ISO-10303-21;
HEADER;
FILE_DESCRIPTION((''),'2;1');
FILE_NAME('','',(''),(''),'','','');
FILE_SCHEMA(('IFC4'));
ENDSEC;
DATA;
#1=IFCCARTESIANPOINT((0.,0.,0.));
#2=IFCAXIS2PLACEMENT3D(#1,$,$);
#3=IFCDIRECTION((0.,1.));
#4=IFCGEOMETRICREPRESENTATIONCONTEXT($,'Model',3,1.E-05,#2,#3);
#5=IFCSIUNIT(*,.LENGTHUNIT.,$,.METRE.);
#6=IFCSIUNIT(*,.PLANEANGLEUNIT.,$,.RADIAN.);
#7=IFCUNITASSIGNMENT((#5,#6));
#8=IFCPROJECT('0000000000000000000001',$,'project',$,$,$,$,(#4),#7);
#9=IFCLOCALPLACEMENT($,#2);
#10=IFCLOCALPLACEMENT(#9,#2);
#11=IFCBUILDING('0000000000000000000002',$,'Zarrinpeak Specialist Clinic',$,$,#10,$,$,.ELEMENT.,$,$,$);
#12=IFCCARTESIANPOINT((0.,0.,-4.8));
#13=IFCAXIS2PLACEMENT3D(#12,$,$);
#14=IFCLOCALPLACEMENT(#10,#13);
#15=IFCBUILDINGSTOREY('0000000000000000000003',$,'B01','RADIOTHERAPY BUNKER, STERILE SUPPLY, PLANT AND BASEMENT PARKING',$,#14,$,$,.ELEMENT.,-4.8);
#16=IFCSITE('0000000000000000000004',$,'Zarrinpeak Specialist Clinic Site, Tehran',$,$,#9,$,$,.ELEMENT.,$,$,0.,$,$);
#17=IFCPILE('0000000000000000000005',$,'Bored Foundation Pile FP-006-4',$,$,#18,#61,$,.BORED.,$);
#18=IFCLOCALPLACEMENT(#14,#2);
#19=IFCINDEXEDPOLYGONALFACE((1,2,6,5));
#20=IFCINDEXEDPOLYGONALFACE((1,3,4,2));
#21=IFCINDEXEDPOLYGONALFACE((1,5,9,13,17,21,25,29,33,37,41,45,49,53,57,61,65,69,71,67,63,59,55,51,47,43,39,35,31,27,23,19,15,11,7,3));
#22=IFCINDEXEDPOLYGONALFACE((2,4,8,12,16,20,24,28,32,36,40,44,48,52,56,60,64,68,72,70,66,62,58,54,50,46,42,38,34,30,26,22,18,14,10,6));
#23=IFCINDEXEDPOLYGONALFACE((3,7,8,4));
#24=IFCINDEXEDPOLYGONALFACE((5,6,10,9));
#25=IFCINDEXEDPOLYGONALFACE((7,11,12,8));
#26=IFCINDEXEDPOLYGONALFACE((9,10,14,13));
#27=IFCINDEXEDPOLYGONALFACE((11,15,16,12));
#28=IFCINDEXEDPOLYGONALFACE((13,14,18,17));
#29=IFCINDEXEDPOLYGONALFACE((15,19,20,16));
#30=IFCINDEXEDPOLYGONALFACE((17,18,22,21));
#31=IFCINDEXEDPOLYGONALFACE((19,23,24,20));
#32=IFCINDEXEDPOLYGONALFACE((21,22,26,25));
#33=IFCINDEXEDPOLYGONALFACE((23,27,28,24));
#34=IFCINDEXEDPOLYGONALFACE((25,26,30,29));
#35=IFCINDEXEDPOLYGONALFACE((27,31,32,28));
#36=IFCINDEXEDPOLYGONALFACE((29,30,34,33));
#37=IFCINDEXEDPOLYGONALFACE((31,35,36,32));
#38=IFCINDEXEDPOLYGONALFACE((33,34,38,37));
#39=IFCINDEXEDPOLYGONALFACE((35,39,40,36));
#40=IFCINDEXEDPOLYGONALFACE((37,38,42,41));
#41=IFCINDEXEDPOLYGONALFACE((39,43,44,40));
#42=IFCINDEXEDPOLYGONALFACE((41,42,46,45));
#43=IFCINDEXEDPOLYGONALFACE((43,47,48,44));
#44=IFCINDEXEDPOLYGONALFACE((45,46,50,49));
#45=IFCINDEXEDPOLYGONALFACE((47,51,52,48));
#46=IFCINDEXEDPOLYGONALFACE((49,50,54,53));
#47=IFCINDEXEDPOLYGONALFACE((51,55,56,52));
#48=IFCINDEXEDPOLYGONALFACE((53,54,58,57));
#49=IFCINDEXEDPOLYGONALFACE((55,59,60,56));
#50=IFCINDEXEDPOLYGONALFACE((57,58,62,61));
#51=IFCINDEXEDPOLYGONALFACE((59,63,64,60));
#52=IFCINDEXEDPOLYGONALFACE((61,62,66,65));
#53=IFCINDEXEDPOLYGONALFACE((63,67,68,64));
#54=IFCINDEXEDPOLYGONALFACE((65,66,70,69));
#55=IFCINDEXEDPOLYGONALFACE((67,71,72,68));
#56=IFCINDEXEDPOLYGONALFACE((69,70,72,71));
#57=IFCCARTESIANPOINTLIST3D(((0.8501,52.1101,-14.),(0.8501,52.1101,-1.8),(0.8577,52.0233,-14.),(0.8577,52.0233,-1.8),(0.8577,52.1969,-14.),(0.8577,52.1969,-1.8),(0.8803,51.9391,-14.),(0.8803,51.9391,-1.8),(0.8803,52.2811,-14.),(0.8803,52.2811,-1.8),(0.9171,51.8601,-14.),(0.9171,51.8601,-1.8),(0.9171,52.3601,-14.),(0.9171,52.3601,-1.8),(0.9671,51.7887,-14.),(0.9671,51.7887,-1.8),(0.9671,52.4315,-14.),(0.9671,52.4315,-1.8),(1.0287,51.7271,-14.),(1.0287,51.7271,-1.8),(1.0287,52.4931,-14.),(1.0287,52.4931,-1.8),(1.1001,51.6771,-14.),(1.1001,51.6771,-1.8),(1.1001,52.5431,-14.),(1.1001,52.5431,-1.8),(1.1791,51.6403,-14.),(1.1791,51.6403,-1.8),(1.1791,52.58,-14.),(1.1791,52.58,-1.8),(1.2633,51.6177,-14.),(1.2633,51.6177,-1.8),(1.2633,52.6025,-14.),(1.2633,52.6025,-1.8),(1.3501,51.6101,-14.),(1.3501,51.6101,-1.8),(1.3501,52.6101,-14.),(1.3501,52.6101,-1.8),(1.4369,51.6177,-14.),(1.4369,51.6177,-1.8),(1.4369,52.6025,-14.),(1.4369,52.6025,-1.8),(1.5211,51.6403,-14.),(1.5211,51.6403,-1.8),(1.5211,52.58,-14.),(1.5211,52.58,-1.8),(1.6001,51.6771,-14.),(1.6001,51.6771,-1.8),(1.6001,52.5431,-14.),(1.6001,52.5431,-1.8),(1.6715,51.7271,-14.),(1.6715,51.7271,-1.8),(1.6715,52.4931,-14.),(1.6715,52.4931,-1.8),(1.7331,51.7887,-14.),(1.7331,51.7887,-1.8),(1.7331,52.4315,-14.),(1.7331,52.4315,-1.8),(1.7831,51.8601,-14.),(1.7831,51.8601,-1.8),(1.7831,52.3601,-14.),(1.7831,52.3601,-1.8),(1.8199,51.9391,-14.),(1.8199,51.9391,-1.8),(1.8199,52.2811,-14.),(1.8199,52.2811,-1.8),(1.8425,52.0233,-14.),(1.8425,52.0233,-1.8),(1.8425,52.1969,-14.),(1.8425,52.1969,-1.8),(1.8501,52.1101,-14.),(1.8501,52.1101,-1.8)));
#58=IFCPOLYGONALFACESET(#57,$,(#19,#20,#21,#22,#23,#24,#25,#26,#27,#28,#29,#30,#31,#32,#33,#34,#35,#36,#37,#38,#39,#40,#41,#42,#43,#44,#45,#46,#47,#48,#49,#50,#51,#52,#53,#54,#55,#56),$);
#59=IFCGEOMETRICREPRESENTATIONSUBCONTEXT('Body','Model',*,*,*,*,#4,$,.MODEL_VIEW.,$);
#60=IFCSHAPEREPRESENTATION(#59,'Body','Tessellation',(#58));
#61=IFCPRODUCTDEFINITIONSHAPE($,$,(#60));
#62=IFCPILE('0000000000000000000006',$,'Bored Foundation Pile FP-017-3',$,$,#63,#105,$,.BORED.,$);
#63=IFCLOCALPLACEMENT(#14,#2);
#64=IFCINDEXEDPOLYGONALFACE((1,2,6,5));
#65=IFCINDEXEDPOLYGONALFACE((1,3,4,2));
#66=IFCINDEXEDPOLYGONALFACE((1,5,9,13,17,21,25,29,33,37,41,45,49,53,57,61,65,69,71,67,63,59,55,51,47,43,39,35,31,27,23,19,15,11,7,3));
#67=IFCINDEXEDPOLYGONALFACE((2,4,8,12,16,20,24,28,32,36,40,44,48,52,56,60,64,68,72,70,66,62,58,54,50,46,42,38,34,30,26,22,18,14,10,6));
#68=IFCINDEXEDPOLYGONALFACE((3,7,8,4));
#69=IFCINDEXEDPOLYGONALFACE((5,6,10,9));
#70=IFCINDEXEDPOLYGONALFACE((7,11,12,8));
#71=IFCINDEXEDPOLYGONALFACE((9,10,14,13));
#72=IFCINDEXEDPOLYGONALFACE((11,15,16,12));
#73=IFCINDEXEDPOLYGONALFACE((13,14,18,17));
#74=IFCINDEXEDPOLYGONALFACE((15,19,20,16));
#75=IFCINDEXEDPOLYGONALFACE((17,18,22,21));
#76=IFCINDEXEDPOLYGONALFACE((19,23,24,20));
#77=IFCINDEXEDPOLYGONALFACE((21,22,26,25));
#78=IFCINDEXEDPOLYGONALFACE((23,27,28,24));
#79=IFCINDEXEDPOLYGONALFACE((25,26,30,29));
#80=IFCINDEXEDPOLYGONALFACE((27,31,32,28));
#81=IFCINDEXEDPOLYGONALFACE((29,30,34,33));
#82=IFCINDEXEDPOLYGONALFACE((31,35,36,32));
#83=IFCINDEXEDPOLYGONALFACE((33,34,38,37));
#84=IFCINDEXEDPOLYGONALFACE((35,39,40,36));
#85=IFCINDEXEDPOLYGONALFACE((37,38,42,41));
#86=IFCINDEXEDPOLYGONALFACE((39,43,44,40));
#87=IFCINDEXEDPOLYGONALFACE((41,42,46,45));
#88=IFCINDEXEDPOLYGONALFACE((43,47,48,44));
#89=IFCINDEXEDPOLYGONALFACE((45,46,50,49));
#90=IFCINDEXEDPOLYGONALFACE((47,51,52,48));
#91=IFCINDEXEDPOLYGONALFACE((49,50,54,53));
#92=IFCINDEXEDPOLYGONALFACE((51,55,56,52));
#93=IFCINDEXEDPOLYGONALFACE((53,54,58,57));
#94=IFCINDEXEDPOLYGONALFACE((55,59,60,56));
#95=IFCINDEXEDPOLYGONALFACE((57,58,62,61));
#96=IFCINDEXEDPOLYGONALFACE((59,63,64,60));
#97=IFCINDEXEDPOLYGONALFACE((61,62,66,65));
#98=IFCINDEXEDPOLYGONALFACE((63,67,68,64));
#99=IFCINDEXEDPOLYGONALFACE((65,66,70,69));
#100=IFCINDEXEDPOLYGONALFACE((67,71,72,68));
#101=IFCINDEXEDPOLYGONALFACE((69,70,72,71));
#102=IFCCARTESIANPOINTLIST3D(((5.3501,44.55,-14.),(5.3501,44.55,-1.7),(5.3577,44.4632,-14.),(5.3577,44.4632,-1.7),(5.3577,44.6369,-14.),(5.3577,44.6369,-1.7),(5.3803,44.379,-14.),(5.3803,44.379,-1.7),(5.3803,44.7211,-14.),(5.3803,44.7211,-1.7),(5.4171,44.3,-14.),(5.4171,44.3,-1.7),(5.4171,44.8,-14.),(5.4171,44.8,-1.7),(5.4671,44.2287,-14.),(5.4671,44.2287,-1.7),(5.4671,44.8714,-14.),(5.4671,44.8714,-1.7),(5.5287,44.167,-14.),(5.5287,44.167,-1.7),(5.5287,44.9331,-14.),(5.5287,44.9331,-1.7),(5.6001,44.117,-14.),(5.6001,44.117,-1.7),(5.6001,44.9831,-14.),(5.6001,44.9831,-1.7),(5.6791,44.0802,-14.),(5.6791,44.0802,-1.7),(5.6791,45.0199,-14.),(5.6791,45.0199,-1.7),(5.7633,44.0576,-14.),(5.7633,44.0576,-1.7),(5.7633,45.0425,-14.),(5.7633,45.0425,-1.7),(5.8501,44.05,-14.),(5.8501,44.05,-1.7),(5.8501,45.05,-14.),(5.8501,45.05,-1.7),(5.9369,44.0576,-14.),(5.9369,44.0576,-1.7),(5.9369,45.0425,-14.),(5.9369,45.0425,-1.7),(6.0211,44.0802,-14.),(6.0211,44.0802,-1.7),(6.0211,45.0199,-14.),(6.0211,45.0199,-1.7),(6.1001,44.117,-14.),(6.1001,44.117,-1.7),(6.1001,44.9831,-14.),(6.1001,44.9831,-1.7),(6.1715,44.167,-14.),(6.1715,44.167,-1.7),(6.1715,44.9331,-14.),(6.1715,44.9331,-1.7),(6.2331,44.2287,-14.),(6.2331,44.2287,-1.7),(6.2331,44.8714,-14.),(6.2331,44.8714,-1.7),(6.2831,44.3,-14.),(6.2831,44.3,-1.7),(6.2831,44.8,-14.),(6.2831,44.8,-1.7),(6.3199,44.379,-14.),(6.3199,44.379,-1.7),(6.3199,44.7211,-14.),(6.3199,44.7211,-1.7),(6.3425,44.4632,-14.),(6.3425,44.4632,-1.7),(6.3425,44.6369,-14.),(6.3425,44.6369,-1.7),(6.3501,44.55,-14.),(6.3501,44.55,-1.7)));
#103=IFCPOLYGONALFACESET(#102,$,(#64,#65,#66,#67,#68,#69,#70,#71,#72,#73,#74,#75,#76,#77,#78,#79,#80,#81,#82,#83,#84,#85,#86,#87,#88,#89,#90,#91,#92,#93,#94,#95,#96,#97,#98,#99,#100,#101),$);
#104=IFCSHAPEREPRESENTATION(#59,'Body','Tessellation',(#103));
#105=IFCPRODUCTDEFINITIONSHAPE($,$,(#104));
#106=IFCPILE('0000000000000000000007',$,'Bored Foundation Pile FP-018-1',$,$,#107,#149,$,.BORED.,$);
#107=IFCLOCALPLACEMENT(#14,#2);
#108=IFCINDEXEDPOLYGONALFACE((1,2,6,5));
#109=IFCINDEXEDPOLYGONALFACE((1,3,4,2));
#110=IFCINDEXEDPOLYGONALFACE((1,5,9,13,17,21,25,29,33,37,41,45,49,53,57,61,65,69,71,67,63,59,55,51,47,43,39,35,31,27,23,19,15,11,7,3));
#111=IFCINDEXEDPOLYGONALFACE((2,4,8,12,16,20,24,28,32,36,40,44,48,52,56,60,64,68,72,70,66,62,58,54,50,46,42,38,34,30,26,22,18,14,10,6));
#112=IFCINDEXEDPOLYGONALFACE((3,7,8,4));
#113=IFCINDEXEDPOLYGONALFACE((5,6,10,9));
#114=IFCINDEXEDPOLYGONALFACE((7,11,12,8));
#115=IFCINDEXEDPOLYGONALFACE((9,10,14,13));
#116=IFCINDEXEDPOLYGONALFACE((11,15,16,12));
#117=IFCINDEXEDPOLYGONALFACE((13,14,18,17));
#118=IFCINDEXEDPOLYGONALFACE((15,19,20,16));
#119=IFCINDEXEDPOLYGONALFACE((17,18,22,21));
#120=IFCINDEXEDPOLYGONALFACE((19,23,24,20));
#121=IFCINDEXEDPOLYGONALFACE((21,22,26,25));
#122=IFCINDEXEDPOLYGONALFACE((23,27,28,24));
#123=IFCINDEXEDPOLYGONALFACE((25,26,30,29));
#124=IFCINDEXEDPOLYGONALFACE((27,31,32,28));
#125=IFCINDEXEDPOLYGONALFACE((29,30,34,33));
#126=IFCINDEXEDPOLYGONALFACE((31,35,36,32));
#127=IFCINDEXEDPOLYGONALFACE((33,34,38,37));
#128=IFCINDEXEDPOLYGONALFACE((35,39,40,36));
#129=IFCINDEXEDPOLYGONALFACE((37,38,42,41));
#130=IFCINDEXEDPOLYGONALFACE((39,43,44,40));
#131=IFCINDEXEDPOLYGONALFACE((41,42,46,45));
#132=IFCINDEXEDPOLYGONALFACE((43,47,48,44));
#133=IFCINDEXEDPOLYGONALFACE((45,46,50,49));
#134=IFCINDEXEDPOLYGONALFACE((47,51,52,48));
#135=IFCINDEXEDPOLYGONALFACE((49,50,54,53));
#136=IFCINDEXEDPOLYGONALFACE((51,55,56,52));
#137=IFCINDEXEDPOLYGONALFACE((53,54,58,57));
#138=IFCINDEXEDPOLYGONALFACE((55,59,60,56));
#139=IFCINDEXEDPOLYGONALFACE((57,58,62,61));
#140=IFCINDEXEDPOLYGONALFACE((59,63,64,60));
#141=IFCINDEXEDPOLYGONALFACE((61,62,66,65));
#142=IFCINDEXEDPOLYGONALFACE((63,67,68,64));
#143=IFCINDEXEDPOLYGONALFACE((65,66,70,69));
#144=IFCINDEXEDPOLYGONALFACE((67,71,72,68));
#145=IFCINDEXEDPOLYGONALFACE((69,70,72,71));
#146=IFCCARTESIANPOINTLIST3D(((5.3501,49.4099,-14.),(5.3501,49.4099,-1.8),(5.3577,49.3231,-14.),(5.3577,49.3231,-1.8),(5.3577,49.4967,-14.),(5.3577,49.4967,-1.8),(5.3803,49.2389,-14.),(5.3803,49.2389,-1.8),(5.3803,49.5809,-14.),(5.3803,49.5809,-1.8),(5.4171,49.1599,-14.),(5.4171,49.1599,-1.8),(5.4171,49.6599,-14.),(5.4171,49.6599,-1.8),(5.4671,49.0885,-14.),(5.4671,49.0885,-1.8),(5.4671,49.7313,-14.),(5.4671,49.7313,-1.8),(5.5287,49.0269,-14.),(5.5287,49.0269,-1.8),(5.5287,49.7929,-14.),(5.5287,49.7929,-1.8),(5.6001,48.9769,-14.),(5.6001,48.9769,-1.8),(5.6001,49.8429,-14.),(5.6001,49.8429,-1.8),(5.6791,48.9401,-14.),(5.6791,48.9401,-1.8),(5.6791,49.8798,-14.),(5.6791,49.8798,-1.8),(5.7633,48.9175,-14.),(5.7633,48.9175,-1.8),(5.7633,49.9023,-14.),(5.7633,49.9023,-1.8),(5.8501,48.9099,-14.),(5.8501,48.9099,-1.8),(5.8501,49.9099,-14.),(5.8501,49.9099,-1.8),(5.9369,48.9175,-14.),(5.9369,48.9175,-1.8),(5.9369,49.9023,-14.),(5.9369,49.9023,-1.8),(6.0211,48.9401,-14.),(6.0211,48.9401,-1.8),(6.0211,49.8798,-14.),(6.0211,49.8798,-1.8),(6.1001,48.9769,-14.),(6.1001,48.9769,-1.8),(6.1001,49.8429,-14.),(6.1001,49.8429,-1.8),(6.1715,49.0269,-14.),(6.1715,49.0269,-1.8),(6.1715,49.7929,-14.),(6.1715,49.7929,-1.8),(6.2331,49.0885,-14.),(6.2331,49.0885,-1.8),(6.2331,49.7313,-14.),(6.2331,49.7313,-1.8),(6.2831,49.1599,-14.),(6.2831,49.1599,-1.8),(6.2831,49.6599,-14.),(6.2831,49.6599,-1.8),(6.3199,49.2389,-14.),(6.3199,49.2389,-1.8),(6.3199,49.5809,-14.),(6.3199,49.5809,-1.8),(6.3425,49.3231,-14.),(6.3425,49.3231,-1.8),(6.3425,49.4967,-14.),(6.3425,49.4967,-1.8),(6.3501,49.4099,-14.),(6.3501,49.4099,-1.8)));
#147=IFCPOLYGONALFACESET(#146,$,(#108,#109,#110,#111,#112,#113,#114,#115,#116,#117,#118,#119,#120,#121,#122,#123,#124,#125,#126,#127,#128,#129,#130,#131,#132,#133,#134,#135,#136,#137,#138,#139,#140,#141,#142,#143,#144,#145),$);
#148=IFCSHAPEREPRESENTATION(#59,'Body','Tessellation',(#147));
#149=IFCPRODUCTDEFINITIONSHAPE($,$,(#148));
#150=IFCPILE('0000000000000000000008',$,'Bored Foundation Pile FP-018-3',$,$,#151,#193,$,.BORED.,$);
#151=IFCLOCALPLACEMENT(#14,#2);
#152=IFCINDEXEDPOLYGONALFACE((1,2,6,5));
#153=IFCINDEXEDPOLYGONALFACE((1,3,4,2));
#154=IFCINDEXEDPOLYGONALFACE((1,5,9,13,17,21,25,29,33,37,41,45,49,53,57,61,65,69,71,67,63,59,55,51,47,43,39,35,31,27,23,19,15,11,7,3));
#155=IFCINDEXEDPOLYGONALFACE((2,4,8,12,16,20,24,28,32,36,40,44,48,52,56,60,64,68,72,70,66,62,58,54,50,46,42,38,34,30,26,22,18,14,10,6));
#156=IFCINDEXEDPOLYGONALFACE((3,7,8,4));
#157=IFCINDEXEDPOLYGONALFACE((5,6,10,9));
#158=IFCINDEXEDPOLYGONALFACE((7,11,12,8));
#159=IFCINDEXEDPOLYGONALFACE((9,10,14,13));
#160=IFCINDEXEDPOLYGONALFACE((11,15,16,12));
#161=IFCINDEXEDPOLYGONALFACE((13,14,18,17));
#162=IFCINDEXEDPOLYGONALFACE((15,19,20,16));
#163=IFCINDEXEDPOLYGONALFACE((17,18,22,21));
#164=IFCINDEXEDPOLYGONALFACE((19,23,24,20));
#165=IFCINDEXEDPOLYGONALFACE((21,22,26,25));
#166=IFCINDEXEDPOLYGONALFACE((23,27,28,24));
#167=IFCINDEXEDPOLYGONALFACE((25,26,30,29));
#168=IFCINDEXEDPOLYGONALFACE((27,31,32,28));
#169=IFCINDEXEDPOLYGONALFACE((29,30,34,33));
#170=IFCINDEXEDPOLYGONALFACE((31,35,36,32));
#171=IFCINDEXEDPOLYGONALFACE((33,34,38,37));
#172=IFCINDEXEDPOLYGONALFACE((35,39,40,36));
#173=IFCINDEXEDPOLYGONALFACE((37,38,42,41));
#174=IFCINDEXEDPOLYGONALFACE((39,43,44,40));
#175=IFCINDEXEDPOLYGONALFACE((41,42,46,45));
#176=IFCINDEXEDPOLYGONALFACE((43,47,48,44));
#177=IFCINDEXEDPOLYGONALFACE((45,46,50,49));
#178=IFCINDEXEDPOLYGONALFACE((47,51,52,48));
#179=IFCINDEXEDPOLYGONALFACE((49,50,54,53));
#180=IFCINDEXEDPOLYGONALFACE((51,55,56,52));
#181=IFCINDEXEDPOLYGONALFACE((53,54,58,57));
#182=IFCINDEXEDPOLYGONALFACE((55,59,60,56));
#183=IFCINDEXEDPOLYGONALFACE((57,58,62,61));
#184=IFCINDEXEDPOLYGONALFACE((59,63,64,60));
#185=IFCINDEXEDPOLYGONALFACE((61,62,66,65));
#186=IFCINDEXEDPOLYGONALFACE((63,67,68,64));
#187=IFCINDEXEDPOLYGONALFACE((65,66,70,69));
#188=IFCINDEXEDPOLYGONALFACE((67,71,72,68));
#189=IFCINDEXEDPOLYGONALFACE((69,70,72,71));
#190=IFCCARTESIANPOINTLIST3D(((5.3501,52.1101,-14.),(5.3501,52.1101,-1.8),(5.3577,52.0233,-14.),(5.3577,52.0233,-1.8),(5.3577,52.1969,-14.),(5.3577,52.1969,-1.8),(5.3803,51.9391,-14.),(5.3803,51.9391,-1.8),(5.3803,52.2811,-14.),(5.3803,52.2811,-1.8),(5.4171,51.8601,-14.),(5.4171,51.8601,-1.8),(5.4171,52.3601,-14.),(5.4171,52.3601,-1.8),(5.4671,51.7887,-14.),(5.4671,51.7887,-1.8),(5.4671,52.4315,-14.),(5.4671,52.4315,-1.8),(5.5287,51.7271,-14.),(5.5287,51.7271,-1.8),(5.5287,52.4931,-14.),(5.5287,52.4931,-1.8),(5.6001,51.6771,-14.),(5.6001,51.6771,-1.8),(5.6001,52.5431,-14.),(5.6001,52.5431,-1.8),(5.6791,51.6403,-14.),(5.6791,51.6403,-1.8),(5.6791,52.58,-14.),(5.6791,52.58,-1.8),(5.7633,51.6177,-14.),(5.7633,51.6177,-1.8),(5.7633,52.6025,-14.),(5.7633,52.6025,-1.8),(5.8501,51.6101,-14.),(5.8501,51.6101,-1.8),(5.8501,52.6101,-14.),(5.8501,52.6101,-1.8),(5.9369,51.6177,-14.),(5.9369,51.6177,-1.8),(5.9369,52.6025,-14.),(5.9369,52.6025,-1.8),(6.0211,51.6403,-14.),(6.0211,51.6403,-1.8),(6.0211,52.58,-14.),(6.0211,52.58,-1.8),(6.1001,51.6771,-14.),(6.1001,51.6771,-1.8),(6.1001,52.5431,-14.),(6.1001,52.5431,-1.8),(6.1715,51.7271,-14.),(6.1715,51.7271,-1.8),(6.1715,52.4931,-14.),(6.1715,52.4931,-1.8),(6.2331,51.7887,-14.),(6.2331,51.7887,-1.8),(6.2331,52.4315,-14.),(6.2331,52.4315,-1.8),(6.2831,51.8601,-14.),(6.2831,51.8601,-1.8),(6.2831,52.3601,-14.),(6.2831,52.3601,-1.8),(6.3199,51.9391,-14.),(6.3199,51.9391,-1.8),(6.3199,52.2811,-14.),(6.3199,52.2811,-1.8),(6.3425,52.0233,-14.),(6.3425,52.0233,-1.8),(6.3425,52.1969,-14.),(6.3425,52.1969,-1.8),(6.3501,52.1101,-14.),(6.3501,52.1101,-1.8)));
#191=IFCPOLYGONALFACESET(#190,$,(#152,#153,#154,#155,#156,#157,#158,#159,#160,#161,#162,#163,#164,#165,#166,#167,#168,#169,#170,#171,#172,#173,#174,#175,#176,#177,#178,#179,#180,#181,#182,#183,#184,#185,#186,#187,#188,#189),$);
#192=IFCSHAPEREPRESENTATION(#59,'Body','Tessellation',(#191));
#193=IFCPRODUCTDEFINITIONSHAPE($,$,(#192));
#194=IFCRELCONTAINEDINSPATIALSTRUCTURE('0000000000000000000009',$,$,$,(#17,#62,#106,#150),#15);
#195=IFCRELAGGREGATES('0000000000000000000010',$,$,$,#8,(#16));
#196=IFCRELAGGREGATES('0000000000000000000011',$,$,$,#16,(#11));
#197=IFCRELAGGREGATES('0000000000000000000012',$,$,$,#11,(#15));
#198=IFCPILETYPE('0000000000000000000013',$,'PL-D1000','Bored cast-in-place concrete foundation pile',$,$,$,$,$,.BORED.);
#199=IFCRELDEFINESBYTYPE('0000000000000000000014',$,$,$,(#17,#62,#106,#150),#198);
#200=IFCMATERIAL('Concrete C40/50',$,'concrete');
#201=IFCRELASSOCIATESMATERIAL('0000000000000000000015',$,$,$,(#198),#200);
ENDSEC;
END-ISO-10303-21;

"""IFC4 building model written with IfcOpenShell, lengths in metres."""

from ifc_helpers import new_model, si_unit, direction, frame, origin, origin_2d, place, context, subcontext, project, spatial, circle, extrude, material, material_profile, profile_set, type_object, element, save


model = new_model("IFC4")

# Units and contexts
model_context = context("Model", 3, precision=1e-05, world=origin(), true_north=direction((0.0, 1.0)))
body_context = subcontext(model_context, "Body", "Model", "MODEL_VIEW")
ifc_project = project(units=[si_unit("LENGTHUNIT", "METRE"), si_unit("PLANEANGLEUNIT", "RADIAN")], contexts=[model_context])

# Site, building, storey
site_placement = place(None, origin())
site = spatial("IfcSite", under=ifc_project, at=site_placement, Name="Zarrinpeak Specialist Clinic Site, Tehran", CompositionType="ELEMENT", RefElevation=0.0)
building_placement = place(site_placement, origin())
building = spatial("IfcBuilding", under=site, at=building_placement, Name="Zarrinpeak Specialist Clinic", CompositionType="ELEMENT")
storey_placement = place(building_placement, frame((0.0, 0.0, -4.8)))
storey = spatial("IfcBuildingStorey", under=building, at=storey_placement, Name="B01", Description="RADIOTHERAPY BUNKER, STERILE SUPPLY, PLANT AND BASEMENT PARKING", CompositionType="ELEMENT", Elevation=-4.8)

# Shared definitions
ifc_material_1 = material(Name="Concrete C40/50", Category="concrete")

# Piles
ifc_material_profile_1 = material_profile(ifc_material_1, circle(Radius=0.5, at=origin_2d()), Name="BORED PILE D1000")
ifc_profile_set_1 = profile_set([ifc_material_profile_1], Name="Concrete C40/50")
pile_type_1 = type_object("IfcPileType", Name="PL-D1000", Description="Bored cast-in-place concrete foundation pile", PredefinedType="BORED", material=ifc_profile_set_1)
for number, where, z_axis, x_axis, name in (
    (1, (1.3501, 52.1101, -1.8), (0.0, 0.0, -1.0), (1.0, 0.0, 0.0), "Bored Foundation Pile FP-006-4"),
):
    element("IfcPile", number, at=place(storey_placement, frame(where, z_axis=z_axis, x_axis=x_axis)), inside=storey, type_object=pile_type_1, Name=name, PredefinedType="BORED", context=body_context, shape_type="SweptSolid", body=[
        extrude(circle(Radius=0.5, at=origin_2d()), origin(), (0.0, 0.0, 1.0), 12.2),
    ])
pile_placement = place(storey_placement, frame((5.8501, 44.55, -1.7), z_axis=(0.0, 0.0, -1.0), x_axis=(1.0, 0.0, 0.0)))
element("IfcPile", 2, at=pile_placement, inside=storey, type_object=pile_type_1, Name="Bored Foundation Pile FP-017-3", PredefinedType="BORED", context=body_context, shape_type="SweptSolid", body=[
    extrude(circle(Radius=0.5, at=origin_2d()), origin(), (0.0, 0.0, 1.0), 12.3),
])
for number, where, z_axis, x_axis, name in (
    (3, (5.8501, 49.4099, -1.8), (0.0, 0.0, -1.0), (1.0, 0.0, 0.0), "Bored Foundation Pile FP-018-1"),
    (4, (5.8501, 52.1101, -1.8), (0.0, 0.0, -1.0), (1.0, 0.0, 0.0), "Bored Foundation Pile FP-018-3"),
):
    element("IfcPile", number, at=place(storey_placement, frame(where, z_axis=z_axis, x_axis=x_axis)), inside=storey, type_object=pile_type_1, Name=name, PredefinedType="BORED", context=body_context, shape_type="SweptSolid", body=[
        extrude(circle(Radius=0.5, at=origin_2d()), origin(), (0.0, 0.0, 1.0), 12.2),
    ])

save(model, "model.ifc")
